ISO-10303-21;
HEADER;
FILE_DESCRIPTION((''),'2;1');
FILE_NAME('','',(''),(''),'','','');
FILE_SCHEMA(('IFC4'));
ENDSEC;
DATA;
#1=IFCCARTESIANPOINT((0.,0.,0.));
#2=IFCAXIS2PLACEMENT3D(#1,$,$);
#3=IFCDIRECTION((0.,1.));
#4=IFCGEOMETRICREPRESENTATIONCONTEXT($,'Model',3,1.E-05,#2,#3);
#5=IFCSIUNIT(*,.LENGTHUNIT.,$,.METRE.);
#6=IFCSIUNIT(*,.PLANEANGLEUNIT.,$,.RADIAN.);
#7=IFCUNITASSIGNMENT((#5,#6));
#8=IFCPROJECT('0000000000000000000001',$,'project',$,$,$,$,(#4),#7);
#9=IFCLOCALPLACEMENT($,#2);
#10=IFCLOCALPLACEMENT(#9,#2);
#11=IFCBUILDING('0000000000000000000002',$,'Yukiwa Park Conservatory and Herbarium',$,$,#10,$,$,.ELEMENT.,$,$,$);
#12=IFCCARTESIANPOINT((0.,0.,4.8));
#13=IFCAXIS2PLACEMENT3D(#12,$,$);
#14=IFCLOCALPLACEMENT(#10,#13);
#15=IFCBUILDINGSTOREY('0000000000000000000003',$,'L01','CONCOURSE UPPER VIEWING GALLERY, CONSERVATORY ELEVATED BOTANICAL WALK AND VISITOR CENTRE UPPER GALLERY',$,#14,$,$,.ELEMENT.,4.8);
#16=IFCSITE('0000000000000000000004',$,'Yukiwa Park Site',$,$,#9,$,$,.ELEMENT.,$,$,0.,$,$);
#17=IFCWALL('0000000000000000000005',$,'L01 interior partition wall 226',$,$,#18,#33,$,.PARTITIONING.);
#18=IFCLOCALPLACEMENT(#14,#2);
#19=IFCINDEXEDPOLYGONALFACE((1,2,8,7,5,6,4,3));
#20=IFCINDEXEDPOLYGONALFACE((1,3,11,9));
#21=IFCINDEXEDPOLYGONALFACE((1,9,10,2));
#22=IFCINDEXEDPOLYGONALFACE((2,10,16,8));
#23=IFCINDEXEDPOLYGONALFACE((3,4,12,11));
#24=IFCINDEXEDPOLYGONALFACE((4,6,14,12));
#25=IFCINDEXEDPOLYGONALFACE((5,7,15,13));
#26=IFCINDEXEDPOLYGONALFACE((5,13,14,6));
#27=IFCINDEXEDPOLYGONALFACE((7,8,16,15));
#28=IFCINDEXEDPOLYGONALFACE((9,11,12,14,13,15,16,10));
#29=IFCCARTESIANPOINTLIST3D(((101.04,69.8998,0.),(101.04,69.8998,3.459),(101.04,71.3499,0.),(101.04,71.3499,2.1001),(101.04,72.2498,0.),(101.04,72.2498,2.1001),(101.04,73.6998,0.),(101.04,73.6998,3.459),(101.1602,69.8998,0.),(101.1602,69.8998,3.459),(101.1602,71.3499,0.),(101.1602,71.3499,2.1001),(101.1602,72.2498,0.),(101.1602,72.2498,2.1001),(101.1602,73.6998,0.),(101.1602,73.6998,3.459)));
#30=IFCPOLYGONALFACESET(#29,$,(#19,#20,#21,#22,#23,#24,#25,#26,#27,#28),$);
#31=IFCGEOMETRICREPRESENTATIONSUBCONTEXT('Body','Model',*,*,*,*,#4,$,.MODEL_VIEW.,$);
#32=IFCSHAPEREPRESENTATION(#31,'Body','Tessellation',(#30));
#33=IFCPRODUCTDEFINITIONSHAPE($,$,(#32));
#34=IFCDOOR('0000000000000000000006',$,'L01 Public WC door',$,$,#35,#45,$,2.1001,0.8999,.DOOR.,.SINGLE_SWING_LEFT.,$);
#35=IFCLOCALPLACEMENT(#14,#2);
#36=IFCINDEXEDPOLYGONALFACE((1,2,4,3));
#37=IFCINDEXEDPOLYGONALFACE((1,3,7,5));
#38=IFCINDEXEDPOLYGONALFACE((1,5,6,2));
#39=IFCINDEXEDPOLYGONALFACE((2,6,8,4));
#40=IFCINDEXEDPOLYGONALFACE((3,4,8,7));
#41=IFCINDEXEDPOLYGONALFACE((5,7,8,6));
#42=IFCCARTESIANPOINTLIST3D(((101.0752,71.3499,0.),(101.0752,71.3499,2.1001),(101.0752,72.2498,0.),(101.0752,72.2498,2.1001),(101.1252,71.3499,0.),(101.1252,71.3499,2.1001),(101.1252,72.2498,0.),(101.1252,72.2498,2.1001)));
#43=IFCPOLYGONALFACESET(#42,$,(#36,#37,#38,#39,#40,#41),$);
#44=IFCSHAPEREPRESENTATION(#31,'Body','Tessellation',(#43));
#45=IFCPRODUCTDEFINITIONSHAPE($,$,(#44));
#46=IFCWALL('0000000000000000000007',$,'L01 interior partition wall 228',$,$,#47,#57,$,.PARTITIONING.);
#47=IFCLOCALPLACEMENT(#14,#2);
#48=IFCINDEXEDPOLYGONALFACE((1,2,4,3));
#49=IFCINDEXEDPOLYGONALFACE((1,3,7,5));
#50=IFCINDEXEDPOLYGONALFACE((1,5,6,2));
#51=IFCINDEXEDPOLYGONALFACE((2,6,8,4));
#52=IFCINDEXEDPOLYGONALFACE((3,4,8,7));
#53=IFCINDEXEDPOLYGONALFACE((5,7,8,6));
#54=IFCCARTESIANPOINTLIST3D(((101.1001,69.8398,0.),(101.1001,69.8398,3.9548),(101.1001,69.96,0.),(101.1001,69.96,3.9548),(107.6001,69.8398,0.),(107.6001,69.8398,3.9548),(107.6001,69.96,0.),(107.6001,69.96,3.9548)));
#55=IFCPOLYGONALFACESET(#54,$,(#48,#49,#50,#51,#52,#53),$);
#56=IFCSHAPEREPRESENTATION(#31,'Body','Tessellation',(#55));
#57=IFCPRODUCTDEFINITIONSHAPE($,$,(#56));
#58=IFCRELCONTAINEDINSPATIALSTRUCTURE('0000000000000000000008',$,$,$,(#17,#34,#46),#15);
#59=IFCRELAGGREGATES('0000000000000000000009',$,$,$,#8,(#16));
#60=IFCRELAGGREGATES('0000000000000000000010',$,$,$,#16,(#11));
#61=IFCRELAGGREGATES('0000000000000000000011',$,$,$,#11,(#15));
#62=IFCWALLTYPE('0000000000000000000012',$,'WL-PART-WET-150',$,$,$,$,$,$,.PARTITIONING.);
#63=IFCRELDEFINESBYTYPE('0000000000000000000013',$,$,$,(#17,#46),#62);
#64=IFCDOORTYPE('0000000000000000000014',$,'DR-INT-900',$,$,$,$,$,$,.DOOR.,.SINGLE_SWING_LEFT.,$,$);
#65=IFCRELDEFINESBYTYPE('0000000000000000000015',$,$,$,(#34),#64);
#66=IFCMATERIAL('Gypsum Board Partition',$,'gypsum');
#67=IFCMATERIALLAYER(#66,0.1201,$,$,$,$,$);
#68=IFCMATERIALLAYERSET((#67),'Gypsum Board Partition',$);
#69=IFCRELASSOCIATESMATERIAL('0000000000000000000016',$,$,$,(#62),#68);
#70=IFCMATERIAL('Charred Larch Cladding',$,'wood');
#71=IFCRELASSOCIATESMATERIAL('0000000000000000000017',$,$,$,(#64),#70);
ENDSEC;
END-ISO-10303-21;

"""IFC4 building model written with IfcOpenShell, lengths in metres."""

from ifc_helpers import new_model, si_unit, direction, frame, frame_2d, origin, place, context, subcontext, project, spatial, rectangle, extrude, material, layer, layer_set, type_object, element, fill, save


model = new_model("IFC4")

# Units and contexts
model_context = context("Model", 3, precision=1e-05, world=origin(), true_north=direction((0.0, 1.0)))
body_context = subcontext(model_context, "Body", "Model", "MODEL_VIEW")
ifc_project = project(units=[si_unit("LENGTHUNIT", "METRE"), si_unit("PLANEANGLEUNIT", "RADIAN")], contexts=[model_context])

# Site, building, storey
site_placement = place(None, origin())
site = spatial("IfcSite", under=ifc_project, at=site_placement, Name="Yukiwa Park Site", CompositionType="ELEMENT", RefElevation=0.0)
building_placement = place(site_placement, origin())
building = spatial("IfcBuilding", under=site, at=building_placement, Name="Yukiwa Park Conservatory and Herbarium", CompositionType="ELEMENT")
storey_placement = place(building_placement, frame((0.0, 0.0, 4.8)))
storey = spatial("IfcBuildingStorey", under=building, at=storey_placement, Name="L01", Description="CONCOURSE UPPER VIEWING GALLERY, CONSERVATORY ELEVATED BOTANICAL WALK AND VISITOR CENTRE UPPER GALLERY", CompositionType="ELEMENT", Elevation=4.8)

# Wall, opening, door
ifc_material_1 = material(Name="Gypsum Board Partition", Category="gypsum")
ifc_layer_1 = layer(ifc_material_1, 0.1201)
ifc_layer_set_1 = layer_set([ifc_layer_1], Name="Gypsum Board Partition")
wall_type_1 = type_object("IfcWallType", Name="WL-PART-WET-150", PredefinedType="PARTITIONING", material=ifc_layer_set_1)
wall_1_placement = place(storey_placement, frame((101.1001, 69.8999, 0.0), z_axis=(0.0, 0.0, 1.0), x_axis=(0.0, 1.0, 0.0)))
wall_1 = element("IfcWall", 1, at=wall_1_placement, inside=storey, type_object=wall_type_1, Name="L01 interior partition wall 226", PredefinedType="PARTITIONING", context=body_context, shape_type="SweptSolid", body=[
    extrude(rectangle(XDim=3.8, YDim=0.1201, at=frame_2d((1.8999, 0.0))), origin(), (0.0, 0.0, 1.0), 3.459),
])
opening_1_placement = place(wall_1_placement, frame((1.45, 0.0, 0.0)))
opening_1 = element("IfcOpeningElement", 2, at=opening_1_placement, cuts=wall_1, PredefinedType="OPENING", context=body_context, shape_type="SweptSolid", body=[
    extrude(rectangle(XDim=0.8999, YDim=2.1001, at=frame_2d((0.45, 1.05))), frame((0.0, 0.0701, 0.0), z_axis=(0.0, -1.0, 0.0), x_axis=(1.0, 0.0, 0.0)), (0.0, 0.0, 1.0), 0.1401),
])
ifc_material_2 = material(Name="Charred Larch Cladding", Category="wood")
door_type_1 = type_object("IfcDoorType", Name="DR-INT-900", OperationType="SINGLE_SWING_LEFT", PredefinedType="DOOR", material=ifc_material_2)
door_1_placement = place(opening_1_placement, origin())
door_1 = element("IfcDoor", 3, at=door_1_placement, inside=storey, type_object=door_type_1, Name="L01 Public WC door", OperationType="SINGLE_SWING_LEFT", OverallHeight=2.1001, OverallWidth=0.8999, PredefinedType="DOOR", context=body_context, shape_type="SweptSolid", body=[
    extrude(rectangle(XDim=0.8999, YDim=2.1001, at=frame_2d((0.45, 1.05))), frame((0.0, 0.0249, 0.0), z_axis=(0.0, -1.0, 0.0), x_axis=(1.0, 0.0, 0.0)), (0.0, 0.0, 1.0), 0.05),
])
fill(opening_1, door_1)

# Wall
wall_2_placement = place(storey_placement, frame((101.1001, 69.8999, 0.0), z_axis=(0.0, 0.0, 1.0), x_axis=(1.0, 0.0, 0.0)))
element("IfcWall", 4, at=wall_2_placement, inside=storey, type_object=wall_type_1, Name="L01 interior partition wall 228", PredefinedType="PARTITIONING", context=body_context, shape_type="SweptSolid", body=[
    extrude(rectangle(XDim=6.5, YDim=0.1201, at=frame_2d((3.25, 0.0))), origin(), (0.0, 0.0, 1.0), 3.9548),
])

save(model, "model.ifc")
